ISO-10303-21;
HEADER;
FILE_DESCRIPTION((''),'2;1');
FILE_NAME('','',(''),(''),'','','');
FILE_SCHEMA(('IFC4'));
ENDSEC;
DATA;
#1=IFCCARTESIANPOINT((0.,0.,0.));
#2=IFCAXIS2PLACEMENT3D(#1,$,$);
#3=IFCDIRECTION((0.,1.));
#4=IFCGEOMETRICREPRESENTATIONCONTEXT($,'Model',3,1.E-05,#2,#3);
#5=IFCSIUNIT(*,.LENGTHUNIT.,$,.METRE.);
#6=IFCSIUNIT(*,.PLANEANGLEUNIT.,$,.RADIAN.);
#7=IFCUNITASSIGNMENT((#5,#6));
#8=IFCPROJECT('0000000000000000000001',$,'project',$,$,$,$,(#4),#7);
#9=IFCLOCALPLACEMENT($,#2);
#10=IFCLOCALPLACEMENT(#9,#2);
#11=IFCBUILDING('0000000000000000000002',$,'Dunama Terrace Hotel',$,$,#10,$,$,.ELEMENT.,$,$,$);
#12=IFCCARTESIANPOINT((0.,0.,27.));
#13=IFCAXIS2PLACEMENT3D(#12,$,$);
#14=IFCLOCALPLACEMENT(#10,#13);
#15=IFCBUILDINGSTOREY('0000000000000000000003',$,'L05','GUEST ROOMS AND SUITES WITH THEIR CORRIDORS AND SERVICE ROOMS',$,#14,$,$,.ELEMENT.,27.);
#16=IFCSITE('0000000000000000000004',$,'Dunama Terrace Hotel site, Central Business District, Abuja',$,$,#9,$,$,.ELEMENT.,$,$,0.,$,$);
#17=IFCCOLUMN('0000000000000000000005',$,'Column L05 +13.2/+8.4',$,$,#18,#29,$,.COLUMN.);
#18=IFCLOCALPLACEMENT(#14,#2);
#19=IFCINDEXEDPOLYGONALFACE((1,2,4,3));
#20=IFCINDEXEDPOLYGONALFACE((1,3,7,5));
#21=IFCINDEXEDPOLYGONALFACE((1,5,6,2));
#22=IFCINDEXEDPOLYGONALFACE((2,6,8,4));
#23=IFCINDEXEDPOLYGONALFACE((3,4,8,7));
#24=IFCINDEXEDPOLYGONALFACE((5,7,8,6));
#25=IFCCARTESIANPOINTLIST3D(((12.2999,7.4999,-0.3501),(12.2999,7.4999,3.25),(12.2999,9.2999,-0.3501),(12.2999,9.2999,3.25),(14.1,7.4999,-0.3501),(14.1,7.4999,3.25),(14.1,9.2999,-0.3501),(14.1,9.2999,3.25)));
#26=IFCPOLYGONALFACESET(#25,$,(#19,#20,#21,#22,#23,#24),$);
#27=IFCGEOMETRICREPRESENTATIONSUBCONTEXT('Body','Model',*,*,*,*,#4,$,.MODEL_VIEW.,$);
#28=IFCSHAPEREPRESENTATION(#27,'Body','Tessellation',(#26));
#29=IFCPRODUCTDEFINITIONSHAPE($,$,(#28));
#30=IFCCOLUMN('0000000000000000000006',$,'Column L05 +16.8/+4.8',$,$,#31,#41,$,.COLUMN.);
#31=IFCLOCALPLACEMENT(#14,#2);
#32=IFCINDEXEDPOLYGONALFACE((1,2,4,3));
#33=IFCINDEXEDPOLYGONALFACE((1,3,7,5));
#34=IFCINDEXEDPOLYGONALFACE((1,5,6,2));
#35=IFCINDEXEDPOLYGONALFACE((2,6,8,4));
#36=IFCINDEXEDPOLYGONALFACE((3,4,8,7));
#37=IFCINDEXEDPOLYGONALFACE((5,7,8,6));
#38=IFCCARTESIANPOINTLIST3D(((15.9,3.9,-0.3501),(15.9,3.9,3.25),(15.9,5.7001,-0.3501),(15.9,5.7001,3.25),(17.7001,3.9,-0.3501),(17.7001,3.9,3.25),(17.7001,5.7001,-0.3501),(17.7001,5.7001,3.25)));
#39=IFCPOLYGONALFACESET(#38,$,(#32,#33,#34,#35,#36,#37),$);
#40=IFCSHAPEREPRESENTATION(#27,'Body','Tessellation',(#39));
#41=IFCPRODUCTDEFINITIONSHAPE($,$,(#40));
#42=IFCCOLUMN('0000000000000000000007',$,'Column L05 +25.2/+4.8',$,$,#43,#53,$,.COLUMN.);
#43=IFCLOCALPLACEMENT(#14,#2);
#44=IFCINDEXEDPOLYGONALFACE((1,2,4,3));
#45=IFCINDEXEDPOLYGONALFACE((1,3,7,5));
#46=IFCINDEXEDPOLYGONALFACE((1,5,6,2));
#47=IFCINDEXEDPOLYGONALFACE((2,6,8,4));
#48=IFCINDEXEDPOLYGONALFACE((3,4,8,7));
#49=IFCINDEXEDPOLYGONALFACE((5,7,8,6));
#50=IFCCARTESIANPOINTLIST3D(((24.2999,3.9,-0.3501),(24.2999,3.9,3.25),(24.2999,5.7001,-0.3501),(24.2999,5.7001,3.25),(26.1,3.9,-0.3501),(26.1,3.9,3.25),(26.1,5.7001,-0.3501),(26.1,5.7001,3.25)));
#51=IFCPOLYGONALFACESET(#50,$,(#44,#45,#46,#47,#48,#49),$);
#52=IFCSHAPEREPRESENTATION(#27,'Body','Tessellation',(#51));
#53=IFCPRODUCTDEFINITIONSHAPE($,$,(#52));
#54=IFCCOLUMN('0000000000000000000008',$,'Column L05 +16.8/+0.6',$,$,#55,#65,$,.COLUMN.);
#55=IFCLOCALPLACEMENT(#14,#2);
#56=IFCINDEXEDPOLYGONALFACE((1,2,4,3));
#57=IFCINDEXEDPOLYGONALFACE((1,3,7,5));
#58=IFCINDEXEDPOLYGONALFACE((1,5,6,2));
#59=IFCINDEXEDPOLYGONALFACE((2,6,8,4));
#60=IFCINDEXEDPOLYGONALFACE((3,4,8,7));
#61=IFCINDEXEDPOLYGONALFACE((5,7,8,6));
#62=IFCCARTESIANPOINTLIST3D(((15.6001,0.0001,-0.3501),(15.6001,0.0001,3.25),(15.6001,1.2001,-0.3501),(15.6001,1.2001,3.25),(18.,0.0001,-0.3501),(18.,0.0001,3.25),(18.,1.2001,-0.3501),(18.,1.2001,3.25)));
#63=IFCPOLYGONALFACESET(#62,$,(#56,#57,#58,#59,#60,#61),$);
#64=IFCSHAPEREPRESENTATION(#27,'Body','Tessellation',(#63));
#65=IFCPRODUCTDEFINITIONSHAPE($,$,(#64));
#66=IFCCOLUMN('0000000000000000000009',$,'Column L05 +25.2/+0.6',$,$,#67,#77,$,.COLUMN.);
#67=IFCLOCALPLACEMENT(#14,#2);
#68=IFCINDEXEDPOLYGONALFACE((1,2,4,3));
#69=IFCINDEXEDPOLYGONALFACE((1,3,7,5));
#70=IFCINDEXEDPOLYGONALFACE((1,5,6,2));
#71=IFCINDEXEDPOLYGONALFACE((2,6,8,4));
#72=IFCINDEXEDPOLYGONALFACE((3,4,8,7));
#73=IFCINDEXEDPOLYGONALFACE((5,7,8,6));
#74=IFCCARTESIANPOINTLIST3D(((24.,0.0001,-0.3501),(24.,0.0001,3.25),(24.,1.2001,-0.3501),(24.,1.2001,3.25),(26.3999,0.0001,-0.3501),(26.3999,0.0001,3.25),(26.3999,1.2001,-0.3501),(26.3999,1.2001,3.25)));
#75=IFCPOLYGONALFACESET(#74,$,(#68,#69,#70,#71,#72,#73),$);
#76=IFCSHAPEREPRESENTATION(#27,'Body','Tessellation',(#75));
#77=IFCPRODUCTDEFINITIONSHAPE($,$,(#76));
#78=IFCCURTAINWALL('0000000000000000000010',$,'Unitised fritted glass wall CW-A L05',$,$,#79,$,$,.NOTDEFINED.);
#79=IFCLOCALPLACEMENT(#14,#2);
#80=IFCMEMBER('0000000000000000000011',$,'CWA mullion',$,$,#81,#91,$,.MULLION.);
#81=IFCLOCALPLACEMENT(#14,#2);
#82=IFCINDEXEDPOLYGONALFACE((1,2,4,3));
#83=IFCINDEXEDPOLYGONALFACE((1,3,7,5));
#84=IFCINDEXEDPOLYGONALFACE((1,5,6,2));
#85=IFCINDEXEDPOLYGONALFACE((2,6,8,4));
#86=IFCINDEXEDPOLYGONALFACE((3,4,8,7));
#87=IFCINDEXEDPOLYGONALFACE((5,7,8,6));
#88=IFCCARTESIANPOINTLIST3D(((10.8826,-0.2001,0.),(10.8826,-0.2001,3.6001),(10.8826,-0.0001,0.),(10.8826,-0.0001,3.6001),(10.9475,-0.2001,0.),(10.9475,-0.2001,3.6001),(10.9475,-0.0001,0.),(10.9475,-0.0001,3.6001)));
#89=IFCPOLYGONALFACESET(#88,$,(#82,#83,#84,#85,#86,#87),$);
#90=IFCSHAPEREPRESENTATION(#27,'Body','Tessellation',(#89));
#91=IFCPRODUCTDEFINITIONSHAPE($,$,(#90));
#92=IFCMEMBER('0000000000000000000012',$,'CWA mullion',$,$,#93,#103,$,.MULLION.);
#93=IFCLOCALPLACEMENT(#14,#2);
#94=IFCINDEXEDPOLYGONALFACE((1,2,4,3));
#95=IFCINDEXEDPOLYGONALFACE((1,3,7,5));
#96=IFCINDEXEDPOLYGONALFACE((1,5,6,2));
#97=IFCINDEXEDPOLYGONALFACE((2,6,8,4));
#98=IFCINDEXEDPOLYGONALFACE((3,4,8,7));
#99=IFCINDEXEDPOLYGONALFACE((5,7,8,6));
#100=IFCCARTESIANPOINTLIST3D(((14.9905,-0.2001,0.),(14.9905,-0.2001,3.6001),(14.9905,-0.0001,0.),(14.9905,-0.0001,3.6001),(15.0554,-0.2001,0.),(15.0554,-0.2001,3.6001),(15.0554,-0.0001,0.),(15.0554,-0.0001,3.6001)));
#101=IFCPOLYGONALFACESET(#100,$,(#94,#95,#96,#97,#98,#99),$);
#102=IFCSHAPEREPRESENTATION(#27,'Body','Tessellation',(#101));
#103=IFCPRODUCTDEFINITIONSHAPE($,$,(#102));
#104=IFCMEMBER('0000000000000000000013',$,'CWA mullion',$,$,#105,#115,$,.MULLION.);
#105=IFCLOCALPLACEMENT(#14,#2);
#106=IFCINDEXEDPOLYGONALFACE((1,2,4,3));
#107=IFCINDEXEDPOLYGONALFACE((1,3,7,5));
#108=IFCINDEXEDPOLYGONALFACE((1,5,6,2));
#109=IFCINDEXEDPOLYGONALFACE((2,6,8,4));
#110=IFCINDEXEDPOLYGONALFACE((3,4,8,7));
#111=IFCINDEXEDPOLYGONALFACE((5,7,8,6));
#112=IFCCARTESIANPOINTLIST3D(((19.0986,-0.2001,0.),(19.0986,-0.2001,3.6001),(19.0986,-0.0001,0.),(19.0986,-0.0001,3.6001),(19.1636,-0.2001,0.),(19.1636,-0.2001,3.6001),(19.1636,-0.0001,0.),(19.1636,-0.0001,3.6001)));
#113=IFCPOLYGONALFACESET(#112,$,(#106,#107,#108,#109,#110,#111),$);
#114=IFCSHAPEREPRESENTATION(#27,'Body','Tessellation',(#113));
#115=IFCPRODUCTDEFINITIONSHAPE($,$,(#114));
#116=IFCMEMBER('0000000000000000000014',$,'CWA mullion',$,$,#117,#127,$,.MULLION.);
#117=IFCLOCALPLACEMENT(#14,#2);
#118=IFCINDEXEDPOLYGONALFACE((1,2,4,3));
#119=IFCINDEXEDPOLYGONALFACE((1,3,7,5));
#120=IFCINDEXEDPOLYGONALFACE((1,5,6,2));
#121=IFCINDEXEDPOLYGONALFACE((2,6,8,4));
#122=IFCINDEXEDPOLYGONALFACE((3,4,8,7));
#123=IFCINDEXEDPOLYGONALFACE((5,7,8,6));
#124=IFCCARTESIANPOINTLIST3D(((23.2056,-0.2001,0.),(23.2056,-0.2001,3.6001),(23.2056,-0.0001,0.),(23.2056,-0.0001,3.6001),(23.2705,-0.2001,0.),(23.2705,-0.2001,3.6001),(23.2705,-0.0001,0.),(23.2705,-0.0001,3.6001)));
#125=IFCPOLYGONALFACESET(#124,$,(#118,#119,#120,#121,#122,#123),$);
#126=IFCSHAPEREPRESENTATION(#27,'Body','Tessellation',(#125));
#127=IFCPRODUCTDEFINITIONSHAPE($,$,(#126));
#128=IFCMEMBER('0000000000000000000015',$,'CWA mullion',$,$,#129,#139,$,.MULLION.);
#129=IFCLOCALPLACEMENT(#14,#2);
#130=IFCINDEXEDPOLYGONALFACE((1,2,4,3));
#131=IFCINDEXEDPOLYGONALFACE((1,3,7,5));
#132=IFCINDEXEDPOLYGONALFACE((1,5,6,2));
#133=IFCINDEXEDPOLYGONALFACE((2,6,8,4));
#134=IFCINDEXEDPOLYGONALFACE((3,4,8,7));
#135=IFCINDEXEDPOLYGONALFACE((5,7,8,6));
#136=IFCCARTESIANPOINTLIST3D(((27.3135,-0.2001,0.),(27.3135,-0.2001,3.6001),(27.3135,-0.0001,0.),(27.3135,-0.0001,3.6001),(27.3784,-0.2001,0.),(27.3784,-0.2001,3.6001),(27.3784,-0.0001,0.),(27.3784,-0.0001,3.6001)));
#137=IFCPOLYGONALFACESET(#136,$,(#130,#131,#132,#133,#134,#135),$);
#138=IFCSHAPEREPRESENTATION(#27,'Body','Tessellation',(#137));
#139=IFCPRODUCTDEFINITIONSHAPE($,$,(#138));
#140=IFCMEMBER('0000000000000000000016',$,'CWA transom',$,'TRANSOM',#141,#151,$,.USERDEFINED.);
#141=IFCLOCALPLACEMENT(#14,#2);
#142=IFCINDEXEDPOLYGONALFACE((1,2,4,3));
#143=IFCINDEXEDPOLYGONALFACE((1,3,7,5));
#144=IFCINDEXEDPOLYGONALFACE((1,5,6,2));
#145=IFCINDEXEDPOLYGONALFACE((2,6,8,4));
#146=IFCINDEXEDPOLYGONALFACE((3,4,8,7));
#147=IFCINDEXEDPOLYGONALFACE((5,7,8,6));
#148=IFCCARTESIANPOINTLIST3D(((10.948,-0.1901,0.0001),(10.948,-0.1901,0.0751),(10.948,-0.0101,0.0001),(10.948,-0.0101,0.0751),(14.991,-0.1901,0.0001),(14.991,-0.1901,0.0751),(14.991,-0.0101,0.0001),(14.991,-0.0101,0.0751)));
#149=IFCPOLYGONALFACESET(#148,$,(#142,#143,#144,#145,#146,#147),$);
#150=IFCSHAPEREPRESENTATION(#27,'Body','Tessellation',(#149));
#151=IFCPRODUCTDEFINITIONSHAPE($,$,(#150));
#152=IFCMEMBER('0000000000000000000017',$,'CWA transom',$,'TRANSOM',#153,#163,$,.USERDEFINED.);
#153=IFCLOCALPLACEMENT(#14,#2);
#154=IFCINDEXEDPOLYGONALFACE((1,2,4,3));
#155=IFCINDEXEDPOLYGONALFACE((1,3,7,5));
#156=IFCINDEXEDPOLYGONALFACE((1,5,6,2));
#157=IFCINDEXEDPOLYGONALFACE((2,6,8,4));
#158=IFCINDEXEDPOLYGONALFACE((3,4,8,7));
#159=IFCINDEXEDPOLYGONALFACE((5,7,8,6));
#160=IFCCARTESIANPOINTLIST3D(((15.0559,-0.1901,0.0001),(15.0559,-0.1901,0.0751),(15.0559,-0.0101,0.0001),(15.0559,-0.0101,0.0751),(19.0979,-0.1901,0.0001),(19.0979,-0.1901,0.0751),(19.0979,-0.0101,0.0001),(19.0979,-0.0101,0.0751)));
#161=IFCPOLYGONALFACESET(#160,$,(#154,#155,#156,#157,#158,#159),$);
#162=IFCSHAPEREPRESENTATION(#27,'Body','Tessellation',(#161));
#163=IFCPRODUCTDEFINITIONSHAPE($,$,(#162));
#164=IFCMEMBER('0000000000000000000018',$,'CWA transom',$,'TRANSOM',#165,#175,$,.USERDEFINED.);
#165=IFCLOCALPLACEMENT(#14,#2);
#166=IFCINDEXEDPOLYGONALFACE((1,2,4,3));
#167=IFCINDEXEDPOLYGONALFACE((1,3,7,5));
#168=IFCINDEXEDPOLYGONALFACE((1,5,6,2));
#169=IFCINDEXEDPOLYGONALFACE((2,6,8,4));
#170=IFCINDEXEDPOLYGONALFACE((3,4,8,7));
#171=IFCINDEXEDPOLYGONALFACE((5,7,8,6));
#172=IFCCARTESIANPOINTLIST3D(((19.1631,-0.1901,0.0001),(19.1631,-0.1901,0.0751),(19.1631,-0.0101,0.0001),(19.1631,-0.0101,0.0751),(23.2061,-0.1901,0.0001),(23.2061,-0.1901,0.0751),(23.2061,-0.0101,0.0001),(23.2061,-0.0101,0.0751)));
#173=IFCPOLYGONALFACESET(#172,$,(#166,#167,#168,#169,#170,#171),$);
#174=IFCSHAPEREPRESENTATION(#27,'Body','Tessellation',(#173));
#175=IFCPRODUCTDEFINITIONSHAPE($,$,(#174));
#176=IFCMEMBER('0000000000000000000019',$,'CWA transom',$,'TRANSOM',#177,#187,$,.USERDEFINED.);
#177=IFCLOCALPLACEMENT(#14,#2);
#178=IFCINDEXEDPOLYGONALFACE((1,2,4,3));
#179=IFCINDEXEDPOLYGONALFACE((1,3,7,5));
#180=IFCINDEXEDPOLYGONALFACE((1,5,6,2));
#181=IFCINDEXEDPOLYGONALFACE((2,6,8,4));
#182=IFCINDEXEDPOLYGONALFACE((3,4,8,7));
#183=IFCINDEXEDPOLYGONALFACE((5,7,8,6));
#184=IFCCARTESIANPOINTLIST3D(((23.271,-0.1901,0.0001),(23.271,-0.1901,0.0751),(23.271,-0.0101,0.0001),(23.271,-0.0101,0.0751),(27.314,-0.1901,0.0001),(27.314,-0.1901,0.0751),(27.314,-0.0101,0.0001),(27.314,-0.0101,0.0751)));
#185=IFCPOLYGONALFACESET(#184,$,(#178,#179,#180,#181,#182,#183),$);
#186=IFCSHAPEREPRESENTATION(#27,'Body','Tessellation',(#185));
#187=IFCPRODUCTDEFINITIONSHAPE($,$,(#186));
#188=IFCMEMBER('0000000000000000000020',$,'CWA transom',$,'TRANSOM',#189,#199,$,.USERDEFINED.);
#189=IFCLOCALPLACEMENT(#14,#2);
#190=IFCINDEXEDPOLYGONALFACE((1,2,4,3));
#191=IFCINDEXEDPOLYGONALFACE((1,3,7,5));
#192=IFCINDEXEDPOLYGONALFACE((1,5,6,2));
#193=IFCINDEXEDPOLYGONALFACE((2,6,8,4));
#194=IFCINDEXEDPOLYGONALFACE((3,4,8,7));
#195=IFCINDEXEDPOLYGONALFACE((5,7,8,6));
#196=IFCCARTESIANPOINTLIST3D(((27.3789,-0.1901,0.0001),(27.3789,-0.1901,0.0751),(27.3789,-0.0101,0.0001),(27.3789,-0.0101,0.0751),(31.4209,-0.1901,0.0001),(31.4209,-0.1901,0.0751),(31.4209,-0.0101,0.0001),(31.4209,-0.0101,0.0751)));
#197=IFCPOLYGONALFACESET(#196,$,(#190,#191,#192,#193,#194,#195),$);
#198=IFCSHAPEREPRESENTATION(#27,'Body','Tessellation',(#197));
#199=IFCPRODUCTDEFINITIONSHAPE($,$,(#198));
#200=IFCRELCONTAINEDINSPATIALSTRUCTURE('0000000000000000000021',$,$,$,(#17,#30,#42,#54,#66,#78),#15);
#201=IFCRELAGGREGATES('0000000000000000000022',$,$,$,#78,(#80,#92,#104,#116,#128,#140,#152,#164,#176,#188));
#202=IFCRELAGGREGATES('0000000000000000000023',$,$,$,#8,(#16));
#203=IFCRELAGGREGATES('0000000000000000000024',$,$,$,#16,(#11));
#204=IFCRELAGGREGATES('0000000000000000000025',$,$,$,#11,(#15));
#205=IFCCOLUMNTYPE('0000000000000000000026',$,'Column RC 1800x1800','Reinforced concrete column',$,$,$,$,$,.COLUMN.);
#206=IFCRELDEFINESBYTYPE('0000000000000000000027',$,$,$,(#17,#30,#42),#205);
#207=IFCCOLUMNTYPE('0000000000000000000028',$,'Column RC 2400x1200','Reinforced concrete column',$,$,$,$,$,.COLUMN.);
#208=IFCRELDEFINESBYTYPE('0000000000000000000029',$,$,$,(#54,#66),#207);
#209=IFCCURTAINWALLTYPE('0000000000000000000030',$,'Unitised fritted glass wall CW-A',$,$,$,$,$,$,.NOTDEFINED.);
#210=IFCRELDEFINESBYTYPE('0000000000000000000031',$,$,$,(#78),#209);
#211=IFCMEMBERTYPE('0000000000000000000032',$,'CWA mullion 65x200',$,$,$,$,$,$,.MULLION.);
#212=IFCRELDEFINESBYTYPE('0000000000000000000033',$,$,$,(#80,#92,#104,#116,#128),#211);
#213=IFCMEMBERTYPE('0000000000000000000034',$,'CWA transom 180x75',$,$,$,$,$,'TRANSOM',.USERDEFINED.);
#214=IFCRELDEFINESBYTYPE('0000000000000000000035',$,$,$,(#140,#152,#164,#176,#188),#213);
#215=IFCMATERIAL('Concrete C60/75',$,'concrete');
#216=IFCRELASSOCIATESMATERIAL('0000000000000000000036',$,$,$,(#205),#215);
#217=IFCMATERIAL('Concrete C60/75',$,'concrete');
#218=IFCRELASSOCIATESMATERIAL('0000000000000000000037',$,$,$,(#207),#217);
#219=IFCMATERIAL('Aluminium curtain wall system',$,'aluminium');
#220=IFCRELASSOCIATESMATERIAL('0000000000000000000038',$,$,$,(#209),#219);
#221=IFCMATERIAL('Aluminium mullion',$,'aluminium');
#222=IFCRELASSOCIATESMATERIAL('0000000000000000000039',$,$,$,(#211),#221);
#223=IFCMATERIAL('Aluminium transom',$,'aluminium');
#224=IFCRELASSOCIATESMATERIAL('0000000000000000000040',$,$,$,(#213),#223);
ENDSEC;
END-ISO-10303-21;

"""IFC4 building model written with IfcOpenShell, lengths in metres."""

from ifc_helpers import new_model, si_unit, direction, frame, origin, origin_2d, place, context, subcontext, project, spatial, rectangle, extrude, material, material_profile, profile_set, type_object, element, aggregate, save


model = new_model("IFC4")

# Units and contexts
model_context = context("Model", 3, precision=1e-05, world=origin(), true_north=direction((0.0, 1.0)))
body_context = subcontext(model_context, "Body", "Model", "MODEL_VIEW")
ifc_project = project(units=[si_unit("LENGTHUNIT", "METRE"), si_unit("PLANEANGLEUNIT", "RADIAN")], contexts=[model_context])

# Site, building, storey
site_placement = place(None, origin())
site = spatial("IfcSite", under=ifc_project, at=site_placement, Name="Dunama Terrace Hotel site, Central Business District, Abuja", CompositionType="ELEMENT", RefElevation=0.0)
building_placement = place(site_placement, origin())
building = spatial("IfcBuilding", under=site, at=building_placement, Name="Dunama Terrace Hotel", CompositionType="ELEMENT")
storey_placement = place(building_placement, frame((0.0, 0.0, 27.0)))
storey = spatial("IfcBuildingStorey", under=building, at=storey_placement, Name="L05", Description="GUEST ROOMS AND SUITES WITH THEIR CORRIDORS AND SERVICE ROOMS", CompositionType="ELEMENT", Elevation=27.0)

# Columns
ifc_material_1 = material(Name="Concrete C60/75", Category="concrete")
ifc_material_profile_1 = material_profile(ifc_material_1, rectangle(XDim=1.8, YDim=1.8, at=origin_2d()), Name="RC 1800x1800")
ifc_profile_set_1 = profile_set([ifc_material_profile_1], Name="Concrete C60/75")
column_type_1 = type_object("IfcColumnType", Name="Column RC 1800x1800", Description="Reinforced concrete column", PredefinedType="COLUMN", material=ifc_profile_set_1)
for number, where, z_axis, x_axis, name in (
    (1, (13.2, 8.3999, -0.3501), (0.0, 0.0, 1.0), (1.0, 0.0, 0.0), "Column L05 +13.2/+8.4"),
    (2, (16.8, 4.8, -0.3501), (0.0, 0.0, 1.0), (1.0, 0.0, 0.0), "Column L05 +16.8/+4.8"),
    (3, (25.2, 4.8, -0.3501), (0.0, 0.0, 1.0), (1.0, 0.0, 0.0), "Column L05 +25.2/+4.8"),
):
    element("IfcColumn", number, at=place(storey_placement, frame(where, z_axis=z_axis, x_axis=x_axis)), inside=storey, type_object=column_type_1, Name=name, PredefinedType="COLUMN", context=body_context, shape_type="SweptSolid", body=[
        extrude(rectangle(XDim=1.8, YDim=1.8, at=origin_2d()), origin(), (0.0, 0.0, 1.0), 3.6001),
    ])
ifc_material_2 = material(Name="Concrete C60/75", Category="concrete")
ifc_material_profile_2 = material_profile(ifc_material_2, rectangle(XDim=2.3999, YDim=1.2, at=origin_2d()), Name="RC 2400x1200")
ifc_profile_set_2 = profile_set([ifc_material_profile_2], Name="Concrete C60/75")
column_type_2 = type_object("IfcColumnType", Name="Column RC 2400x1200", Description="Reinforced concrete column", PredefinedType="COLUMN", material=ifc_profile_set_2)
for number, where, z_axis, x_axis, name in (
    (4, (16.8, 0.6001, -0.3501), (0.0, 0.0, 1.0), (1.0, 0.0, 0.0), "Column L05 +16.8/+0.6"),
    (5, (25.2, 0.6001, -0.3501), (0.0, 0.0, 1.0), (1.0, 0.0, 0.0), "Column L05 +25.2/+0.6"),
):
    element("IfcColumn", number, at=place(storey_placement, frame(where, z_axis=z_axis, x_axis=x_axis)), inside=storey, type_object=column_type_2, Name=name, PredefinedType="COLUMN", context=body_context, shape_type="SweptSolid", body=[
        extrude(rectangle(XDim=2.3999, YDim=1.2, at=origin_2d()), origin(), (0.0, 0.0, 1.0), 3.6001),
    ])

# Curtain wall, members
ifc_material_3 = material(Name="Aluminium curtain wall system", Category="aluminium")
curtain_wall_type = type_object("IfcCurtainWallType", Name="Unitised fritted glass wall CW-A", PredefinedType="NOTDEFINED", material=ifc_material_3)
curtain_wall_placement = place(storey_placement, origin())
curtain_wall = element("IfcCurtainWall", 6, at=curtain_wall_placement, inside=storey, type_object=curtain_wall_type, Name="Unitised fritted glass wall CW-A L05", PredefinedType="NOTDEFINED")
ifc_material_4 = material(Name="Aluminium mullion", Category="aluminium")
ifc_material_profile_3 = material_profile(ifc_material_4, rectangle(XDim=0.0649, YDim=0.2, at=origin_2d()), Name="CWA MULLION 65X200")
ifc_profile_set_3 = profile_set([ifc_material_profile_3], Name="Aluminium mullion")
member_type_1 = type_object("IfcMemberType", Name="CWA mullion 65x200", PredefinedType="MULLION", material=ifc_profile_set_3)
member_1_placement = place(storey_placement, frame((10.915, -0.1001, 0.0), z_axis=(0.0, 0.0, 1.0), x_axis=(1.0, 0.0, 0.0)))
member_1 = element("IfcMember", 7, at=member_1_placement, type_object=member_type_1, Name="CWA mullion", PredefinedType="MULLION", context=body_context, shape_type="SweptSolid", body=[
    extrude(rectangle(XDim=0.0649, YDim=0.2, at=origin_2d()), origin(), (0.0, 0.0, 1.0), 3.6001),
])
member_2_placement = place(storey_placement, frame((15.0229, -0.1001, 0.0), z_axis=(0.0, 0.0, 1.0), x_axis=(1.0, 0.0, 0.0)))
member_2 = element("IfcMember", 8, at=member_2_placement, type_object=member_type_1, Name="CWA mullion", PredefinedType="MULLION", context=body_context, shape_type="SweptSolid", body=[
    extrude(rectangle(XDim=0.0649, YDim=0.2, at=origin_2d()), origin(), (0.0, 0.0, 1.0), 3.6001),
])
member_3_placement = place(storey_placement, frame((19.1311, -0.1001, 0.0), z_axis=(0.0, 0.0, 1.0), x_axis=(1.0, 0.0, 0.0)))
member_3 = element("IfcMember", 9, at=member_3_placement, type_object=member_type_1, Name="CWA mullion", PredefinedType="MULLION", context=body_context, shape_type="SweptSolid", body=[
    extrude(rectangle(XDim=0.0649, YDim=0.2, at=origin_2d()), origin(), (0.0, 0.0, 1.0), 3.6001),
])
member_4_placement = place(storey_placement, frame((23.238, -0.1001, 0.0), z_axis=(0.0, 0.0, 1.0), x_axis=(1.0, 0.0, 0.0)))
member_4 = element("IfcMember", 10, at=member_4_placement, type_object=member_type_1, Name="CWA mullion", PredefinedType="MULLION", context=body_context, shape_type="SweptSolid", body=[
    extrude(rectangle(XDim=0.0649, YDim=0.2, at=origin_2d()), origin(), (0.0, 0.0, 1.0), 3.6001),
])
member_5_placement = place(storey_placement, frame((27.3459, -0.1001, 0.0), z_axis=(0.0, 0.0, 1.0), x_axis=(1.0, 0.0, 0.0)))
member_5 = element("IfcMember", 11, at=member_5_placement, type_object=member_type_1, Name="CWA mullion", PredefinedType="MULLION", context=body_context, shape_type="SweptSolid", body=[
    extrude(rectangle(XDim=0.0649, YDim=0.2, at=origin_2d()), origin(), (0.0, 0.0, 1.0), 3.6001),
])
ifc_material_5 = material(Name="Aluminium transom", Category="aluminium")
ifc_material_profile_4 = material_profile(ifc_material_5, rectangle(XDim=0.1799, YDim=0.075, at=origin_2d()), Name="CWA TRANSOM 180X75")
ifc_profile_set_4 = profile_set([ifc_material_profile_4], Name="Aluminium transom")
member_type_2 = type_object("IfcMemberType", Name="CWA transom 180x75", ElementType="TRANSOM", PredefinedType="USERDEFINED", material=ifc_profile_set_4)
member_6_placement = place(storey_placement, frame((10.948, -0.1001, 0.0376), z_axis=(1.0, 0.0, 0.0), x_axis=(0.0, 1.0, 0.0)))
member_6 = element("IfcMember", 12, at=member_6_placement, type_object=member_type_2, Name="CWA transom", ObjectType="TRANSOM", PredefinedType="USERDEFINED", context=body_context, shape_type="SweptSolid", body=[
    extrude(rectangle(XDim=0.1799, YDim=0.075, at=origin_2d()), origin(), (0.0, 0.0, 1.0), 4.043),
])
member_7_placement = place(storey_placement, frame((15.0559, -0.1001, 0.0376), z_axis=(1.0, 0.0, 0.0), x_axis=(0.0, 1.0, 0.0)))
member_7 = element("IfcMember", 13, at=member_7_placement, type_object=member_type_2, Name="CWA transom", ObjectType="TRANSOM", PredefinedType="USERDEFINED", context=body_context, shape_type="SweptSolid", body=[
    extrude(rectangle(XDim=0.1799, YDim=0.075, at=origin_2d()), origin(), (0.0, 0.0, 1.0), 4.042),
])
member_8_placement = place(storey_placement, frame((19.1631, -0.1001, 0.0376), z_axis=(1.0, 0.0, 0.0), x_axis=(0.0, 1.0, 0.0)))
member_8 = element("IfcMember", 14, at=member_8_placement, type_object=member_type_2, Name="CWA transom", ObjectType="TRANSOM", PredefinedType="USERDEFINED", context=body_context, shape_type="SweptSolid", body=[
    extrude(rectangle(XDim=0.1799, YDim=0.075, at=origin_2d()), origin(), (0.0, 0.0, 1.0), 4.043),
])
member_9_placement = place(storey_placement, frame((23.271, -0.1001, 0.0376), z_axis=(1.0, 0.0, 0.0), x_axis=(0.0, 1.0, 0.0)))
member_9 = element("IfcMember", 15, at=member_9_placement, type_object=member_type_2, Name="CWA transom", ObjectType="TRANSOM", PredefinedType="USERDEFINED", context=body_context, shape_type="SweptSolid", body=[
    extrude(rectangle(XDim=0.1799, YDim=0.075, at=origin_2d()), origin(), (0.0, 0.0, 1.0), 4.043),
])
member_10_placement = place(storey_placement, frame((27.3789, -0.1001, 0.0376), z_axis=(1.0, 0.0, 0.0), x_axis=(0.0, 1.0, 0.0)))
member_10 = element("IfcMember", 16, at=member_10_placement, type_object=member_type_2, Name="CWA transom", ObjectType="TRANSOM", PredefinedType="USERDEFINED", context=body_context, shape_type="SweptSolid", body=[
    extrude(rectangle(XDim=0.1799, YDim=0.075, at=origin_2d()), origin(), (0.0, 0.0, 1.0), 4.042),
])

aggregate(curtain_wall, [member_1, member_2, member_3, member_4, member_5, member_6, member_7, member_8, member_9, member_10])

save(model, "model.ifc")
